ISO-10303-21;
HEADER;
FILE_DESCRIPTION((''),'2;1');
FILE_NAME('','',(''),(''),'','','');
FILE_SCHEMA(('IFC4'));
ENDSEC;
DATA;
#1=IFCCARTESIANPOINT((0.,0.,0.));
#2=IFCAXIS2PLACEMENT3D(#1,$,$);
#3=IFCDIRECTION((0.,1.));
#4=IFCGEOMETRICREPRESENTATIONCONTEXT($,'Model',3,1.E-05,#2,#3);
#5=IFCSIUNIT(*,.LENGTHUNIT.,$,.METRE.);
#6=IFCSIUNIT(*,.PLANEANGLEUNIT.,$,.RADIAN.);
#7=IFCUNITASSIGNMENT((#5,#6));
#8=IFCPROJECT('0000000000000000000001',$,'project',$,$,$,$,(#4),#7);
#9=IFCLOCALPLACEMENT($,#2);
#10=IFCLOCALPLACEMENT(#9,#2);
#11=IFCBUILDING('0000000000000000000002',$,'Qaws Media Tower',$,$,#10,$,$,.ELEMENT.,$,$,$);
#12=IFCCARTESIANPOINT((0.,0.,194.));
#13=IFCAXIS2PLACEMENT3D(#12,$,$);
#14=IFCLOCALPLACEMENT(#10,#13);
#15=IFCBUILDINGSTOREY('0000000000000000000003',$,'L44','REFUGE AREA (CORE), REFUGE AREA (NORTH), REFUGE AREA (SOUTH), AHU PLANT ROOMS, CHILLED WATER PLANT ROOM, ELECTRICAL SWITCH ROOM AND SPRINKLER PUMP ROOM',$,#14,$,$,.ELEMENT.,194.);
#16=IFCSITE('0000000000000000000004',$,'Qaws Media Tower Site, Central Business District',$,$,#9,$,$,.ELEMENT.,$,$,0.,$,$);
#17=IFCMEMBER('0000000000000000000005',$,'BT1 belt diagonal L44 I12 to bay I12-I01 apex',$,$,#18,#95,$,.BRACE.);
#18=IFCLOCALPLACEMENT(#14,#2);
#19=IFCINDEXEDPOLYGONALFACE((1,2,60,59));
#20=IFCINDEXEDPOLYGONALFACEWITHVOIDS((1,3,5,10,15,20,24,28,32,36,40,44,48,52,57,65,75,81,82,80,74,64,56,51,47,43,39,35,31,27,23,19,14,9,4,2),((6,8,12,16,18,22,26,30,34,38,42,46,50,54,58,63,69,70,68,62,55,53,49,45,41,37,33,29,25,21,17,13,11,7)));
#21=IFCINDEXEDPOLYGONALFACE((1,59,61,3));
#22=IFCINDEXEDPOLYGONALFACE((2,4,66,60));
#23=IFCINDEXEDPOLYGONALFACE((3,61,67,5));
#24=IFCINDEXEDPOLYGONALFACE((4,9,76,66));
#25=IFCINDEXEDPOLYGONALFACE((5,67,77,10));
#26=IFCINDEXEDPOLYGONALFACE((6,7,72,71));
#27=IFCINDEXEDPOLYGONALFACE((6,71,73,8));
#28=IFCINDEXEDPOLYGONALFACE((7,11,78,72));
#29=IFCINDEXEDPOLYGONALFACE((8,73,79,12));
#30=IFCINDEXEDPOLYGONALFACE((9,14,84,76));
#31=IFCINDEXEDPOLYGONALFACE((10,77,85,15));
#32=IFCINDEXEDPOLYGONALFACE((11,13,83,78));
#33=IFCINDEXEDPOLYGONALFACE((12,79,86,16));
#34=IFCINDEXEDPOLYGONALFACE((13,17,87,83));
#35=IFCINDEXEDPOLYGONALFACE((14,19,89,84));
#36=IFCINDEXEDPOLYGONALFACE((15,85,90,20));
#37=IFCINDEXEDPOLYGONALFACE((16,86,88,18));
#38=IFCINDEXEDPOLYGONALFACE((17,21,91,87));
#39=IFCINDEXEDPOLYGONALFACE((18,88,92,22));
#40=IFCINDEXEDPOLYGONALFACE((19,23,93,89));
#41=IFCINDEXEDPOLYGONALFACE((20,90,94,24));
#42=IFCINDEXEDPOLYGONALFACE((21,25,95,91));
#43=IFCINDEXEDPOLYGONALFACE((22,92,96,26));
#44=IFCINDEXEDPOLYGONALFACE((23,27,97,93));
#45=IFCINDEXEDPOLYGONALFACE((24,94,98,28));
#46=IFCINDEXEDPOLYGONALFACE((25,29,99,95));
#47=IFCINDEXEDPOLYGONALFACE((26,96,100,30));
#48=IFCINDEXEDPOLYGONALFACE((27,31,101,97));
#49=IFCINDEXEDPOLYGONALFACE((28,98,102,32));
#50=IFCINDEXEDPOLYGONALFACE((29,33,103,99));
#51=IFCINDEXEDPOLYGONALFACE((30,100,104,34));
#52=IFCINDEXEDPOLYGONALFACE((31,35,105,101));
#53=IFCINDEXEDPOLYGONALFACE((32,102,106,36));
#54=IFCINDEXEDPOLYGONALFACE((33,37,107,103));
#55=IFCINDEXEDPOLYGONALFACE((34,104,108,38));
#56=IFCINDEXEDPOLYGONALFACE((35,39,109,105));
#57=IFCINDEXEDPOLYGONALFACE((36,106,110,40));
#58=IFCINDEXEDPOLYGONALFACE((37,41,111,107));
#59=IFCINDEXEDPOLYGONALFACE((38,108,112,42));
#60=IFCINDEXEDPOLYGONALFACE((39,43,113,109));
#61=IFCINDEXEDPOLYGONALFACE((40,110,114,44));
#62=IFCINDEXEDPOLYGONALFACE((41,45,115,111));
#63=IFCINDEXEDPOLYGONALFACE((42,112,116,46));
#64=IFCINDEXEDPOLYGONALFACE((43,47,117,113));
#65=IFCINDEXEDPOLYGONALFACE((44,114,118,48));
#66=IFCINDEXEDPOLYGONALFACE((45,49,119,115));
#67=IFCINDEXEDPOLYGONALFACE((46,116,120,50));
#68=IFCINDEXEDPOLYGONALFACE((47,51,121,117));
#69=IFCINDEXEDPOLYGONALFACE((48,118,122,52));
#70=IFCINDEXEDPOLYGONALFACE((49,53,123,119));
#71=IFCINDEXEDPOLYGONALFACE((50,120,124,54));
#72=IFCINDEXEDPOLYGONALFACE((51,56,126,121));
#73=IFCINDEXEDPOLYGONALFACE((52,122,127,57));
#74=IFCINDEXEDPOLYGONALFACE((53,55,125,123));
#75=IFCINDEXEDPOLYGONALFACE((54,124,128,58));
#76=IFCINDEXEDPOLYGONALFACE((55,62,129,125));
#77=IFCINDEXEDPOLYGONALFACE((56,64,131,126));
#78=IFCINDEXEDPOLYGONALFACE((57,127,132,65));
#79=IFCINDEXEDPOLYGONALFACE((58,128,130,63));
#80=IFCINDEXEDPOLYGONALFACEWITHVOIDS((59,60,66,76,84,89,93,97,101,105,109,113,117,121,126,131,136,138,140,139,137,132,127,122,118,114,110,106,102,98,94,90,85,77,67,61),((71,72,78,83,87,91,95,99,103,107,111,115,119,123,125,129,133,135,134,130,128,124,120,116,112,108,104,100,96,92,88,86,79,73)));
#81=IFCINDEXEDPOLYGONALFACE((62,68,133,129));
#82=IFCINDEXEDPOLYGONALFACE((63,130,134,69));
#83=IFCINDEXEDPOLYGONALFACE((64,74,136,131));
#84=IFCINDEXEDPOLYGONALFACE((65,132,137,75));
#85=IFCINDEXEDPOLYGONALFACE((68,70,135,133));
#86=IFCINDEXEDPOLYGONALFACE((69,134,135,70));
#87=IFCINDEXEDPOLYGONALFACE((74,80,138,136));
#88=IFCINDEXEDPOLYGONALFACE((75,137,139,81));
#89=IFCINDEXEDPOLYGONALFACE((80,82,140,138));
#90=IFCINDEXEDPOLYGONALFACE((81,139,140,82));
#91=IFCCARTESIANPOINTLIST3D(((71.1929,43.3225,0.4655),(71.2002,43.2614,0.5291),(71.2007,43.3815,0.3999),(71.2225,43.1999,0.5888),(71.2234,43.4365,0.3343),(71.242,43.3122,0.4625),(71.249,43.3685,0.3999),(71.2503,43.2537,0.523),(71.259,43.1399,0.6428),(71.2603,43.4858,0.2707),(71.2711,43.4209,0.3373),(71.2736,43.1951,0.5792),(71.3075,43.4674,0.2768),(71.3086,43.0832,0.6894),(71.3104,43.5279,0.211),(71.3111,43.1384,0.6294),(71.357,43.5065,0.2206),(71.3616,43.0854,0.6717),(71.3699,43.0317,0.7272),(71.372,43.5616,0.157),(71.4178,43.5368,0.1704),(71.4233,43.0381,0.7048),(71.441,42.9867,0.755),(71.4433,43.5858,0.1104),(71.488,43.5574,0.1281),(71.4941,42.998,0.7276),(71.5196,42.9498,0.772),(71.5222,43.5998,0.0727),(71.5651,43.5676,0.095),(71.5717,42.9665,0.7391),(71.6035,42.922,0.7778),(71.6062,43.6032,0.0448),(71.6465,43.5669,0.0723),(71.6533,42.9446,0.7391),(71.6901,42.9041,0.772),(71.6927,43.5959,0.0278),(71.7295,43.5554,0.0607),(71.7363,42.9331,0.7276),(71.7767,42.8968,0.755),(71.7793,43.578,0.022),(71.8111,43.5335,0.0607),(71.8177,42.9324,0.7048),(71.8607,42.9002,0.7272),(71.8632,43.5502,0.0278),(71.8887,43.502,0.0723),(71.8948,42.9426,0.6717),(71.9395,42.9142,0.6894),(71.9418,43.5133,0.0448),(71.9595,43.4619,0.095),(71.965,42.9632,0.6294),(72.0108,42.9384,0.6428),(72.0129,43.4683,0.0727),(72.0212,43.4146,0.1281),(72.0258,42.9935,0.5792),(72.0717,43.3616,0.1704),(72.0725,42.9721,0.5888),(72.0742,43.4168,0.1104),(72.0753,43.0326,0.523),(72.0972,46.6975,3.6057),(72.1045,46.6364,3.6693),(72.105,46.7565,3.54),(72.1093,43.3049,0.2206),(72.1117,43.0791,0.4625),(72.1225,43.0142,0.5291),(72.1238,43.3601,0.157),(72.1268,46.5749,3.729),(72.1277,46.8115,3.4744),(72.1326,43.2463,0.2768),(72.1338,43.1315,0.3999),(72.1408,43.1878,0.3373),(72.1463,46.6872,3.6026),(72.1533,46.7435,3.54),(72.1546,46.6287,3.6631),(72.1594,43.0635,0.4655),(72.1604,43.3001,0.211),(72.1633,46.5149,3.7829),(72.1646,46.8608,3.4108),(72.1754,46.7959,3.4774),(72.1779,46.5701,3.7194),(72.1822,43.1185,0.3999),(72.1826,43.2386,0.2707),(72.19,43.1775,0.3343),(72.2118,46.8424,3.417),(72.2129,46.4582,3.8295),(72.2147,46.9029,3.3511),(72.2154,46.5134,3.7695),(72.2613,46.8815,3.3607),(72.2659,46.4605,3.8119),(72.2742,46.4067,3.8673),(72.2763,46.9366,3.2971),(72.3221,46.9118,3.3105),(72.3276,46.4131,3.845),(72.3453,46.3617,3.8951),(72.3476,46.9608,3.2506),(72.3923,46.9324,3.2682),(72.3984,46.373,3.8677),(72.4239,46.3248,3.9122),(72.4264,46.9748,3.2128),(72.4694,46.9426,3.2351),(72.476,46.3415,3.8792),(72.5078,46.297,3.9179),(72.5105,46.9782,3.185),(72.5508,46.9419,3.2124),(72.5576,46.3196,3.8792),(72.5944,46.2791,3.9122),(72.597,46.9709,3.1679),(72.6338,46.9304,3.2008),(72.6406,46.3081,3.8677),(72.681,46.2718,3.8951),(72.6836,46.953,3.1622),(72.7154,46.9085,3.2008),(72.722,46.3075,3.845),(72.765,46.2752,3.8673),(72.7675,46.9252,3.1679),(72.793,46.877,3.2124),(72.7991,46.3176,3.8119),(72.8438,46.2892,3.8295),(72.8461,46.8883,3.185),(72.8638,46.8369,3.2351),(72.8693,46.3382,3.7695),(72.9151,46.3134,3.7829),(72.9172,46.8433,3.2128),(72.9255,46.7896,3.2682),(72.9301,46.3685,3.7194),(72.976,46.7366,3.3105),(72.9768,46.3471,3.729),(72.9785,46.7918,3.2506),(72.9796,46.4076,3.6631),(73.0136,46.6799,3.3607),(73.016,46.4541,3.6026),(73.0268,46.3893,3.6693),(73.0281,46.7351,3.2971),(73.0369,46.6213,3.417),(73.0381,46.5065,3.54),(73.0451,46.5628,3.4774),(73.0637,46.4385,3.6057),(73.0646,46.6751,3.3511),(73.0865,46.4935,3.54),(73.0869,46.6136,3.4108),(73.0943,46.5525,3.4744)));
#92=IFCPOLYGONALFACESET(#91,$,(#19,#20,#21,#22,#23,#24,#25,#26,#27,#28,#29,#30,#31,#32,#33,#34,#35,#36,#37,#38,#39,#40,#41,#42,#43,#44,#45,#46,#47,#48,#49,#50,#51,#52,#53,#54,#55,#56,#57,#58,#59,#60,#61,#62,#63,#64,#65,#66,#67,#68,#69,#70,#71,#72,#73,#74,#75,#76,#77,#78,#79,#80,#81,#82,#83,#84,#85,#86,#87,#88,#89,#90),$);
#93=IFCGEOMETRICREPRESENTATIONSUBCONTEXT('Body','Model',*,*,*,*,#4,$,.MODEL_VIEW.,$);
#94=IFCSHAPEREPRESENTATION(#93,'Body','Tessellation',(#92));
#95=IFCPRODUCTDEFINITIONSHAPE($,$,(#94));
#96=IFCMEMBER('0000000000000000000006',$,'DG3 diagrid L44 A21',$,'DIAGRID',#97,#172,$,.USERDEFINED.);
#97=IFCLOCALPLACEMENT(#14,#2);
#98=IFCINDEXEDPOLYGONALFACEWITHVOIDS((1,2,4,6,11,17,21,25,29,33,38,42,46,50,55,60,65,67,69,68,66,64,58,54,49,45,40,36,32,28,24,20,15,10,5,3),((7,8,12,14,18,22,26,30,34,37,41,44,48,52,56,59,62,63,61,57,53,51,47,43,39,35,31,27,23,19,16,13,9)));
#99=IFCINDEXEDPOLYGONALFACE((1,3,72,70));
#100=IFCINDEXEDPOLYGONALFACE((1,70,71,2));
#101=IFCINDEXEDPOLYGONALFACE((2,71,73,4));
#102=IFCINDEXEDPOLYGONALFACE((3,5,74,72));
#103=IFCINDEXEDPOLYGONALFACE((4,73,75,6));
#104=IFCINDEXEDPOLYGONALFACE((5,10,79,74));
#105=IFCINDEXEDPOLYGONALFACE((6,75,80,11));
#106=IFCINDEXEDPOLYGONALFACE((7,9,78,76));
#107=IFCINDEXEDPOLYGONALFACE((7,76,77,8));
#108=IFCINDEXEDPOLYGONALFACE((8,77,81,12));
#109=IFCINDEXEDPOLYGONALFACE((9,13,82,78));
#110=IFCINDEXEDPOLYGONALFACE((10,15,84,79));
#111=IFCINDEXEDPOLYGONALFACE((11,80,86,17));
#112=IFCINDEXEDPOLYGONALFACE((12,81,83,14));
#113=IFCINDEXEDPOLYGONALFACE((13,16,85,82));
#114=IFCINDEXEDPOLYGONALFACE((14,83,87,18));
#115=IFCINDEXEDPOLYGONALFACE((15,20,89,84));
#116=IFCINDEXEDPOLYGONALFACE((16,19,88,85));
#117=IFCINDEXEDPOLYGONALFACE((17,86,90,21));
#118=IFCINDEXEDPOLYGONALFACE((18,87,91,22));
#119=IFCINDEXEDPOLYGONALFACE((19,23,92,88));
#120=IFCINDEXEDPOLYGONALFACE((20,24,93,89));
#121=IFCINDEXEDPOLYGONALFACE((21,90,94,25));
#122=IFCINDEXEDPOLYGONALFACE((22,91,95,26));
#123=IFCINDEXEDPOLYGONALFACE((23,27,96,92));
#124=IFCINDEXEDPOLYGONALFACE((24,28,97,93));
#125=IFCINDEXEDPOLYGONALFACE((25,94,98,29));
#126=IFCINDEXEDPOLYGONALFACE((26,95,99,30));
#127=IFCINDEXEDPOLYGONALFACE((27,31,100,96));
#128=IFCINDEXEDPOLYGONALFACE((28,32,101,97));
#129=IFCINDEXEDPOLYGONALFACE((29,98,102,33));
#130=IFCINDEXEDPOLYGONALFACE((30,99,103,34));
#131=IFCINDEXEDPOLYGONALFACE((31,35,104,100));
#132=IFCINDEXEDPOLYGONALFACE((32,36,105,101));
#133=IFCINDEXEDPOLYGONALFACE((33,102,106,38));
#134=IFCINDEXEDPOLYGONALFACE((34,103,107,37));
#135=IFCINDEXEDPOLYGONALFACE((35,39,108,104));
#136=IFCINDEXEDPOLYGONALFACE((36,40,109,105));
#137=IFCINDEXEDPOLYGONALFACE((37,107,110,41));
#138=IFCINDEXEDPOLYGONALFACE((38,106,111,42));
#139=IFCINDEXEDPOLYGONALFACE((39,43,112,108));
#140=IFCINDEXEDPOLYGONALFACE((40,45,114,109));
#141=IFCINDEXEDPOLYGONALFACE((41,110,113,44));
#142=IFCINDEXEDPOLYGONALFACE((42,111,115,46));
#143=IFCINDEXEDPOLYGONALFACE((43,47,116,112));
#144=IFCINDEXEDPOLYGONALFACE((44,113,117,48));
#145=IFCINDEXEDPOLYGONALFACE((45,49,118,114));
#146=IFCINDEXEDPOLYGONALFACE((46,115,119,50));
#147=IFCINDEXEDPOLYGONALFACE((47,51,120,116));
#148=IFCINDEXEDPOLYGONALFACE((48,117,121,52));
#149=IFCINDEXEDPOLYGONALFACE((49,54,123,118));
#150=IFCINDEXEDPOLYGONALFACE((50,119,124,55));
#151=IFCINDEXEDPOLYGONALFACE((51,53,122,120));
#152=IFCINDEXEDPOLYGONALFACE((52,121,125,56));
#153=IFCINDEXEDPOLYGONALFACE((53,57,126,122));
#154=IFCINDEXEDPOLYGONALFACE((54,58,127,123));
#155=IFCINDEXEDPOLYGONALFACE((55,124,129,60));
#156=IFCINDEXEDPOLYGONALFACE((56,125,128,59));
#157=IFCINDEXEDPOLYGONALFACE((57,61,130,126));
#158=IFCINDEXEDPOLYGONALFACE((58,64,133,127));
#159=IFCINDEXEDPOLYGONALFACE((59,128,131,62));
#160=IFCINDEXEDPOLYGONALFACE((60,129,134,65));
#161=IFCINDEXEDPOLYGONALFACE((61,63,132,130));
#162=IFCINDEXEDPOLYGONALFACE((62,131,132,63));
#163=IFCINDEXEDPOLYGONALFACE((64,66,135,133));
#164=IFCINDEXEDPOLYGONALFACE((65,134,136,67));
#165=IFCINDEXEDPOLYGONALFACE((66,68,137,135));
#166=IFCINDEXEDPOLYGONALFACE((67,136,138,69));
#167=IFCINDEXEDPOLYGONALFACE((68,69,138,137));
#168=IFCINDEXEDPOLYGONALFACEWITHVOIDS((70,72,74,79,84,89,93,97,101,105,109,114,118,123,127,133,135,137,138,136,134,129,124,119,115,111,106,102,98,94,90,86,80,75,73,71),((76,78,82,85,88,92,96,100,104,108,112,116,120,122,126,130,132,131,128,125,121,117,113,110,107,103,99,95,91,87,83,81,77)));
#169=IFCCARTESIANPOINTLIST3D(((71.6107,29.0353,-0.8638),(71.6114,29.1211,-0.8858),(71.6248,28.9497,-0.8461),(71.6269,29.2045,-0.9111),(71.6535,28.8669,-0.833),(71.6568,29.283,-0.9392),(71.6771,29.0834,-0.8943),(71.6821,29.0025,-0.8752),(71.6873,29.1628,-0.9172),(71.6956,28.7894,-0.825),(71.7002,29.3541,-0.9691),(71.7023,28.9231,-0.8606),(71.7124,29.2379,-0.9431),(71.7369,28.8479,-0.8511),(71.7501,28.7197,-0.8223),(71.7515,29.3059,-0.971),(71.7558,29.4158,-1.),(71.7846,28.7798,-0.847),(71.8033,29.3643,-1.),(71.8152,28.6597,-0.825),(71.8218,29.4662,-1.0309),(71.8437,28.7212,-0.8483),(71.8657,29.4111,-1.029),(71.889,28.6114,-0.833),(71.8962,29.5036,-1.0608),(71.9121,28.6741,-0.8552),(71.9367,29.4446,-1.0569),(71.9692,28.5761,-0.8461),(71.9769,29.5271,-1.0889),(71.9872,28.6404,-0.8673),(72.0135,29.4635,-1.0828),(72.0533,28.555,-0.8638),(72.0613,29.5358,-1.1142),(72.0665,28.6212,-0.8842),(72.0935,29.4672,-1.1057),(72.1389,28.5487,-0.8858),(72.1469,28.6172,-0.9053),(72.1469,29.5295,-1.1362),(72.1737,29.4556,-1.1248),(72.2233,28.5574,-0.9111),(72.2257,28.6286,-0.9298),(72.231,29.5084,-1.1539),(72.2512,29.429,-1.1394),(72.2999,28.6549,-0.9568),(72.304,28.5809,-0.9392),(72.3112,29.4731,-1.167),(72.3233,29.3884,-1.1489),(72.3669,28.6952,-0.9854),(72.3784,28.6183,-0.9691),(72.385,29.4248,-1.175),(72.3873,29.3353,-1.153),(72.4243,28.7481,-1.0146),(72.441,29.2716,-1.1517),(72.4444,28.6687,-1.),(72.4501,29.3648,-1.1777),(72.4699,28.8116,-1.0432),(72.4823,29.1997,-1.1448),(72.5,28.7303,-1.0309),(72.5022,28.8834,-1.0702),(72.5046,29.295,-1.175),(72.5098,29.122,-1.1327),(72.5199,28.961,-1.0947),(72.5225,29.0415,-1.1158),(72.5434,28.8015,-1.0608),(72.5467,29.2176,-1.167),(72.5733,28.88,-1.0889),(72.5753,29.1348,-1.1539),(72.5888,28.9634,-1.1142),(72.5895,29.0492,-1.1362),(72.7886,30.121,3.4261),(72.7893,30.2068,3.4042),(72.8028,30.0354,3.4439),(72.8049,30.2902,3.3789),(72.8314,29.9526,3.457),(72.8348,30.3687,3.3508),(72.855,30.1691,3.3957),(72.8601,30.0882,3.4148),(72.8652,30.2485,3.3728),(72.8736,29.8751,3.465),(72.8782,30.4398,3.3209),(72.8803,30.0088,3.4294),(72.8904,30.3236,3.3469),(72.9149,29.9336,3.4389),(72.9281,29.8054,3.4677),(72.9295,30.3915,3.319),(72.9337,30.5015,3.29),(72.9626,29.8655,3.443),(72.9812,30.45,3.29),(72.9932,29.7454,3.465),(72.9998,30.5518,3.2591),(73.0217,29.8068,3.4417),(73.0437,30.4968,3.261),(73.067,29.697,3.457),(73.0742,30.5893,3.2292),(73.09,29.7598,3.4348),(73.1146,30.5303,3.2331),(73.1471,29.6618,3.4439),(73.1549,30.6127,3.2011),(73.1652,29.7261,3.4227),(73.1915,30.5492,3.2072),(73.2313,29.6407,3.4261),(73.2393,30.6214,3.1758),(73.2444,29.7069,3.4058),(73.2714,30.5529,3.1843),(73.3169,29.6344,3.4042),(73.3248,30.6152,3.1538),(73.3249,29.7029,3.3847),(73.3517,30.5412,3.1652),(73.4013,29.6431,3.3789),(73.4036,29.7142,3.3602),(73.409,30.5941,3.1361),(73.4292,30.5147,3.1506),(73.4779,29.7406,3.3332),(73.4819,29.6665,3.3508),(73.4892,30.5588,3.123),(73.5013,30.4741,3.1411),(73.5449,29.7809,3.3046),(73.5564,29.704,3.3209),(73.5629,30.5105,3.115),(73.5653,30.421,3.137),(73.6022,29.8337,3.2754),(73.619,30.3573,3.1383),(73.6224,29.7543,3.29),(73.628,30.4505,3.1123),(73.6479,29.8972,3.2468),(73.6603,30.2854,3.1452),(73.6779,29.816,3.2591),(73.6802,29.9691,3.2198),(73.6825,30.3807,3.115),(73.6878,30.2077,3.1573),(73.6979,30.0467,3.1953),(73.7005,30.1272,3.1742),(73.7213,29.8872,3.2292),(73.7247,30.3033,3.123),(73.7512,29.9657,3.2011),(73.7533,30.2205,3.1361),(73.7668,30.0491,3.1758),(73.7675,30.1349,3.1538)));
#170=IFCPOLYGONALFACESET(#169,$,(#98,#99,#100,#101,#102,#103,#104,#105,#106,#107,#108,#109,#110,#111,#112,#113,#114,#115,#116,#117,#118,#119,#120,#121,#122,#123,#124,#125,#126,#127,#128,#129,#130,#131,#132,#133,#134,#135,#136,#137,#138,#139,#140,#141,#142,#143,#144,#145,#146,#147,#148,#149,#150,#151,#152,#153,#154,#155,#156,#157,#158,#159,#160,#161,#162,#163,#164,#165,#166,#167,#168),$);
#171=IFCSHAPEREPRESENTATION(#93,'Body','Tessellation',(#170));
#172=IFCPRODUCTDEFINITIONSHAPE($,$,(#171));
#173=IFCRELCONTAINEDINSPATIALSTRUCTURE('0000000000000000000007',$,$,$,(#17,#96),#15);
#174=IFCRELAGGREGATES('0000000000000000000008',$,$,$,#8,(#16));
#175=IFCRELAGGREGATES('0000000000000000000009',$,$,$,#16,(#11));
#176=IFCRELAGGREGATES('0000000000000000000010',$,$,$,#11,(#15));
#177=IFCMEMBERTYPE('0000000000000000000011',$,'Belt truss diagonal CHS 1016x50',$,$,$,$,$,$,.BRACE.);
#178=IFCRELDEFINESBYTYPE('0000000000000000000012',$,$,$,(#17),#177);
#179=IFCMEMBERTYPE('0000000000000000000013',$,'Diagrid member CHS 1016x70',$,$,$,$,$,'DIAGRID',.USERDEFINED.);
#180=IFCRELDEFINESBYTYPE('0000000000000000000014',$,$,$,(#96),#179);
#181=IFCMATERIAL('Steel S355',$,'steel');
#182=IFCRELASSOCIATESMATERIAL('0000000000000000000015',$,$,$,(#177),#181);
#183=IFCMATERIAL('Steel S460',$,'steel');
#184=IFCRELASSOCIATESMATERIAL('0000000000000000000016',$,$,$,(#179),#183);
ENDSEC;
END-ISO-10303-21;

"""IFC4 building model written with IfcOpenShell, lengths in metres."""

from ifc_helpers import new_model, si_unit, direction, frame, origin, origin_2d, place, context, subcontext, project, spatial, hollow_circle, extrude, material, material_profile, profile_set, type_object, element, save


model = new_model("IFC4")

# Units and contexts
model_context = context("Model", 3, precision=1e-05, world=origin(), true_north=direction((0.0, 1.0)))
body_context = subcontext(model_context, "Body", "Model", "MODEL_VIEW")
ifc_project = project(units=[si_unit("LENGTHUNIT", "METRE"), si_unit("PLANEANGLEUNIT", "RADIAN")], contexts=[model_context])

# Site, building, storey
site_placement = place(None, origin())
site = spatial("IfcSite", under=ifc_project, at=site_placement, Name="Qaws Media Tower Site, Central Business District", CompositionType="ELEMENT", RefElevation=0.0)
building_placement = place(site_placement, origin())
building = spatial("IfcBuilding", under=site, at=building_placement, Name="Qaws Media Tower", CompositionType="ELEMENT")
storey_placement = place(building_placement, frame((0.0, 0.0, 194.0)))
storey = spatial("IfcBuildingStorey", under=building, at=storey_placement, Name="L44", Description="REFUGE AREA (CORE), REFUGE AREA (NORTH), REFUGE AREA (SOUTH), AHU PLANT ROOMS, CHILLED WATER PLANT ROOM, ELECTRICAL SWITCH ROOM AND SPRINKLER PUMP ROOM", CompositionType="ELEMENT", Elevation=194.0)

# Members
ifc_material_1 = material(Name="Steel S355", Category="steel")
ifc_material_profile_1 = material_profile(ifc_material_1, hollow_circle(Radius=0.5081, WallThickness=0.05, at=origin_2d()), Name="CHS 1016x50")
ifc_profile_set_1 = profile_set([ifc_material_profile_1], Name="Steel S355")
member_type_1 = type_object("IfcMemberType", Name="Belt truss diagonal CHS 1016x50", PredefinedType="BRACE", material=ifc_profile_set_1)
for number, where, z_axis, x_axis, name in (
    (1, (71.6914, 43.25, 0.3999), (0.192496, 0.718429, 0.668434), (-0.965928, 0.258811, 0.0), "BT1 belt diagonal L44 I12 to bay I12-I01 apex"),
):
    element("IfcMember", number, at=place(storey_placement, frame(where, z_axis=z_axis, x_axis=x_axis)), inside=storey, type_object=member_type_1, Name=name, PredefinedType="BRACE", context=body_context, shape_type="SweptSolid", body=[
        extrude(hollow_circle(Radius=0.5081, WallThickness=0.05, at=origin_2d()), origin(), (0.0, 0.0, 1.0), 4.6978),
    ])
ifc_material_2 = material(Name="Steel S460", Category="steel")
ifc_material_profile_2 = material_profile(ifc_material_2, hollow_circle(Radius=0.5081, WallThickness=0.0701, at=origin_2d()), Name="CHS 1016x70")
ifc_profile_set_2 = profile_set([ifc_material_profile_2], Name="Steel S460")
member_type_2 = type_object("IfcMemberType", Name="Diagrid member CHS 1016x70", ElementType="DIAGRID", PredefinedType="USERDEFINED", material=ifc_profile_set_2)
for number, where, z_axis, x_axis, name in (
    (2, (72.1001, 29.0422, -1.0), (0.257235, 0.237083, 0.936815), (-0.677717, 0.735323, 0.0), "DG3 diagrid L44 A21"),
):
    element("IfcMember", number, at=place(storey_placement, frame(where, z_axis=z_axis, x_axis=x_axis)), inside=storey, type_object=member_type_2, Name=name, ObjectType="DIAGRID", PredefinedType="USERDEFINED", context=body_context, shape_type="SweptSolid", body=[
        extrude(hollow_circle(Radius=0.5081, WallThickness=0.0701, at=origin_2d()), origin(), (0.0, 0.0, 1.0), 4.5793),
    ])

save(model, "model.ifc")
